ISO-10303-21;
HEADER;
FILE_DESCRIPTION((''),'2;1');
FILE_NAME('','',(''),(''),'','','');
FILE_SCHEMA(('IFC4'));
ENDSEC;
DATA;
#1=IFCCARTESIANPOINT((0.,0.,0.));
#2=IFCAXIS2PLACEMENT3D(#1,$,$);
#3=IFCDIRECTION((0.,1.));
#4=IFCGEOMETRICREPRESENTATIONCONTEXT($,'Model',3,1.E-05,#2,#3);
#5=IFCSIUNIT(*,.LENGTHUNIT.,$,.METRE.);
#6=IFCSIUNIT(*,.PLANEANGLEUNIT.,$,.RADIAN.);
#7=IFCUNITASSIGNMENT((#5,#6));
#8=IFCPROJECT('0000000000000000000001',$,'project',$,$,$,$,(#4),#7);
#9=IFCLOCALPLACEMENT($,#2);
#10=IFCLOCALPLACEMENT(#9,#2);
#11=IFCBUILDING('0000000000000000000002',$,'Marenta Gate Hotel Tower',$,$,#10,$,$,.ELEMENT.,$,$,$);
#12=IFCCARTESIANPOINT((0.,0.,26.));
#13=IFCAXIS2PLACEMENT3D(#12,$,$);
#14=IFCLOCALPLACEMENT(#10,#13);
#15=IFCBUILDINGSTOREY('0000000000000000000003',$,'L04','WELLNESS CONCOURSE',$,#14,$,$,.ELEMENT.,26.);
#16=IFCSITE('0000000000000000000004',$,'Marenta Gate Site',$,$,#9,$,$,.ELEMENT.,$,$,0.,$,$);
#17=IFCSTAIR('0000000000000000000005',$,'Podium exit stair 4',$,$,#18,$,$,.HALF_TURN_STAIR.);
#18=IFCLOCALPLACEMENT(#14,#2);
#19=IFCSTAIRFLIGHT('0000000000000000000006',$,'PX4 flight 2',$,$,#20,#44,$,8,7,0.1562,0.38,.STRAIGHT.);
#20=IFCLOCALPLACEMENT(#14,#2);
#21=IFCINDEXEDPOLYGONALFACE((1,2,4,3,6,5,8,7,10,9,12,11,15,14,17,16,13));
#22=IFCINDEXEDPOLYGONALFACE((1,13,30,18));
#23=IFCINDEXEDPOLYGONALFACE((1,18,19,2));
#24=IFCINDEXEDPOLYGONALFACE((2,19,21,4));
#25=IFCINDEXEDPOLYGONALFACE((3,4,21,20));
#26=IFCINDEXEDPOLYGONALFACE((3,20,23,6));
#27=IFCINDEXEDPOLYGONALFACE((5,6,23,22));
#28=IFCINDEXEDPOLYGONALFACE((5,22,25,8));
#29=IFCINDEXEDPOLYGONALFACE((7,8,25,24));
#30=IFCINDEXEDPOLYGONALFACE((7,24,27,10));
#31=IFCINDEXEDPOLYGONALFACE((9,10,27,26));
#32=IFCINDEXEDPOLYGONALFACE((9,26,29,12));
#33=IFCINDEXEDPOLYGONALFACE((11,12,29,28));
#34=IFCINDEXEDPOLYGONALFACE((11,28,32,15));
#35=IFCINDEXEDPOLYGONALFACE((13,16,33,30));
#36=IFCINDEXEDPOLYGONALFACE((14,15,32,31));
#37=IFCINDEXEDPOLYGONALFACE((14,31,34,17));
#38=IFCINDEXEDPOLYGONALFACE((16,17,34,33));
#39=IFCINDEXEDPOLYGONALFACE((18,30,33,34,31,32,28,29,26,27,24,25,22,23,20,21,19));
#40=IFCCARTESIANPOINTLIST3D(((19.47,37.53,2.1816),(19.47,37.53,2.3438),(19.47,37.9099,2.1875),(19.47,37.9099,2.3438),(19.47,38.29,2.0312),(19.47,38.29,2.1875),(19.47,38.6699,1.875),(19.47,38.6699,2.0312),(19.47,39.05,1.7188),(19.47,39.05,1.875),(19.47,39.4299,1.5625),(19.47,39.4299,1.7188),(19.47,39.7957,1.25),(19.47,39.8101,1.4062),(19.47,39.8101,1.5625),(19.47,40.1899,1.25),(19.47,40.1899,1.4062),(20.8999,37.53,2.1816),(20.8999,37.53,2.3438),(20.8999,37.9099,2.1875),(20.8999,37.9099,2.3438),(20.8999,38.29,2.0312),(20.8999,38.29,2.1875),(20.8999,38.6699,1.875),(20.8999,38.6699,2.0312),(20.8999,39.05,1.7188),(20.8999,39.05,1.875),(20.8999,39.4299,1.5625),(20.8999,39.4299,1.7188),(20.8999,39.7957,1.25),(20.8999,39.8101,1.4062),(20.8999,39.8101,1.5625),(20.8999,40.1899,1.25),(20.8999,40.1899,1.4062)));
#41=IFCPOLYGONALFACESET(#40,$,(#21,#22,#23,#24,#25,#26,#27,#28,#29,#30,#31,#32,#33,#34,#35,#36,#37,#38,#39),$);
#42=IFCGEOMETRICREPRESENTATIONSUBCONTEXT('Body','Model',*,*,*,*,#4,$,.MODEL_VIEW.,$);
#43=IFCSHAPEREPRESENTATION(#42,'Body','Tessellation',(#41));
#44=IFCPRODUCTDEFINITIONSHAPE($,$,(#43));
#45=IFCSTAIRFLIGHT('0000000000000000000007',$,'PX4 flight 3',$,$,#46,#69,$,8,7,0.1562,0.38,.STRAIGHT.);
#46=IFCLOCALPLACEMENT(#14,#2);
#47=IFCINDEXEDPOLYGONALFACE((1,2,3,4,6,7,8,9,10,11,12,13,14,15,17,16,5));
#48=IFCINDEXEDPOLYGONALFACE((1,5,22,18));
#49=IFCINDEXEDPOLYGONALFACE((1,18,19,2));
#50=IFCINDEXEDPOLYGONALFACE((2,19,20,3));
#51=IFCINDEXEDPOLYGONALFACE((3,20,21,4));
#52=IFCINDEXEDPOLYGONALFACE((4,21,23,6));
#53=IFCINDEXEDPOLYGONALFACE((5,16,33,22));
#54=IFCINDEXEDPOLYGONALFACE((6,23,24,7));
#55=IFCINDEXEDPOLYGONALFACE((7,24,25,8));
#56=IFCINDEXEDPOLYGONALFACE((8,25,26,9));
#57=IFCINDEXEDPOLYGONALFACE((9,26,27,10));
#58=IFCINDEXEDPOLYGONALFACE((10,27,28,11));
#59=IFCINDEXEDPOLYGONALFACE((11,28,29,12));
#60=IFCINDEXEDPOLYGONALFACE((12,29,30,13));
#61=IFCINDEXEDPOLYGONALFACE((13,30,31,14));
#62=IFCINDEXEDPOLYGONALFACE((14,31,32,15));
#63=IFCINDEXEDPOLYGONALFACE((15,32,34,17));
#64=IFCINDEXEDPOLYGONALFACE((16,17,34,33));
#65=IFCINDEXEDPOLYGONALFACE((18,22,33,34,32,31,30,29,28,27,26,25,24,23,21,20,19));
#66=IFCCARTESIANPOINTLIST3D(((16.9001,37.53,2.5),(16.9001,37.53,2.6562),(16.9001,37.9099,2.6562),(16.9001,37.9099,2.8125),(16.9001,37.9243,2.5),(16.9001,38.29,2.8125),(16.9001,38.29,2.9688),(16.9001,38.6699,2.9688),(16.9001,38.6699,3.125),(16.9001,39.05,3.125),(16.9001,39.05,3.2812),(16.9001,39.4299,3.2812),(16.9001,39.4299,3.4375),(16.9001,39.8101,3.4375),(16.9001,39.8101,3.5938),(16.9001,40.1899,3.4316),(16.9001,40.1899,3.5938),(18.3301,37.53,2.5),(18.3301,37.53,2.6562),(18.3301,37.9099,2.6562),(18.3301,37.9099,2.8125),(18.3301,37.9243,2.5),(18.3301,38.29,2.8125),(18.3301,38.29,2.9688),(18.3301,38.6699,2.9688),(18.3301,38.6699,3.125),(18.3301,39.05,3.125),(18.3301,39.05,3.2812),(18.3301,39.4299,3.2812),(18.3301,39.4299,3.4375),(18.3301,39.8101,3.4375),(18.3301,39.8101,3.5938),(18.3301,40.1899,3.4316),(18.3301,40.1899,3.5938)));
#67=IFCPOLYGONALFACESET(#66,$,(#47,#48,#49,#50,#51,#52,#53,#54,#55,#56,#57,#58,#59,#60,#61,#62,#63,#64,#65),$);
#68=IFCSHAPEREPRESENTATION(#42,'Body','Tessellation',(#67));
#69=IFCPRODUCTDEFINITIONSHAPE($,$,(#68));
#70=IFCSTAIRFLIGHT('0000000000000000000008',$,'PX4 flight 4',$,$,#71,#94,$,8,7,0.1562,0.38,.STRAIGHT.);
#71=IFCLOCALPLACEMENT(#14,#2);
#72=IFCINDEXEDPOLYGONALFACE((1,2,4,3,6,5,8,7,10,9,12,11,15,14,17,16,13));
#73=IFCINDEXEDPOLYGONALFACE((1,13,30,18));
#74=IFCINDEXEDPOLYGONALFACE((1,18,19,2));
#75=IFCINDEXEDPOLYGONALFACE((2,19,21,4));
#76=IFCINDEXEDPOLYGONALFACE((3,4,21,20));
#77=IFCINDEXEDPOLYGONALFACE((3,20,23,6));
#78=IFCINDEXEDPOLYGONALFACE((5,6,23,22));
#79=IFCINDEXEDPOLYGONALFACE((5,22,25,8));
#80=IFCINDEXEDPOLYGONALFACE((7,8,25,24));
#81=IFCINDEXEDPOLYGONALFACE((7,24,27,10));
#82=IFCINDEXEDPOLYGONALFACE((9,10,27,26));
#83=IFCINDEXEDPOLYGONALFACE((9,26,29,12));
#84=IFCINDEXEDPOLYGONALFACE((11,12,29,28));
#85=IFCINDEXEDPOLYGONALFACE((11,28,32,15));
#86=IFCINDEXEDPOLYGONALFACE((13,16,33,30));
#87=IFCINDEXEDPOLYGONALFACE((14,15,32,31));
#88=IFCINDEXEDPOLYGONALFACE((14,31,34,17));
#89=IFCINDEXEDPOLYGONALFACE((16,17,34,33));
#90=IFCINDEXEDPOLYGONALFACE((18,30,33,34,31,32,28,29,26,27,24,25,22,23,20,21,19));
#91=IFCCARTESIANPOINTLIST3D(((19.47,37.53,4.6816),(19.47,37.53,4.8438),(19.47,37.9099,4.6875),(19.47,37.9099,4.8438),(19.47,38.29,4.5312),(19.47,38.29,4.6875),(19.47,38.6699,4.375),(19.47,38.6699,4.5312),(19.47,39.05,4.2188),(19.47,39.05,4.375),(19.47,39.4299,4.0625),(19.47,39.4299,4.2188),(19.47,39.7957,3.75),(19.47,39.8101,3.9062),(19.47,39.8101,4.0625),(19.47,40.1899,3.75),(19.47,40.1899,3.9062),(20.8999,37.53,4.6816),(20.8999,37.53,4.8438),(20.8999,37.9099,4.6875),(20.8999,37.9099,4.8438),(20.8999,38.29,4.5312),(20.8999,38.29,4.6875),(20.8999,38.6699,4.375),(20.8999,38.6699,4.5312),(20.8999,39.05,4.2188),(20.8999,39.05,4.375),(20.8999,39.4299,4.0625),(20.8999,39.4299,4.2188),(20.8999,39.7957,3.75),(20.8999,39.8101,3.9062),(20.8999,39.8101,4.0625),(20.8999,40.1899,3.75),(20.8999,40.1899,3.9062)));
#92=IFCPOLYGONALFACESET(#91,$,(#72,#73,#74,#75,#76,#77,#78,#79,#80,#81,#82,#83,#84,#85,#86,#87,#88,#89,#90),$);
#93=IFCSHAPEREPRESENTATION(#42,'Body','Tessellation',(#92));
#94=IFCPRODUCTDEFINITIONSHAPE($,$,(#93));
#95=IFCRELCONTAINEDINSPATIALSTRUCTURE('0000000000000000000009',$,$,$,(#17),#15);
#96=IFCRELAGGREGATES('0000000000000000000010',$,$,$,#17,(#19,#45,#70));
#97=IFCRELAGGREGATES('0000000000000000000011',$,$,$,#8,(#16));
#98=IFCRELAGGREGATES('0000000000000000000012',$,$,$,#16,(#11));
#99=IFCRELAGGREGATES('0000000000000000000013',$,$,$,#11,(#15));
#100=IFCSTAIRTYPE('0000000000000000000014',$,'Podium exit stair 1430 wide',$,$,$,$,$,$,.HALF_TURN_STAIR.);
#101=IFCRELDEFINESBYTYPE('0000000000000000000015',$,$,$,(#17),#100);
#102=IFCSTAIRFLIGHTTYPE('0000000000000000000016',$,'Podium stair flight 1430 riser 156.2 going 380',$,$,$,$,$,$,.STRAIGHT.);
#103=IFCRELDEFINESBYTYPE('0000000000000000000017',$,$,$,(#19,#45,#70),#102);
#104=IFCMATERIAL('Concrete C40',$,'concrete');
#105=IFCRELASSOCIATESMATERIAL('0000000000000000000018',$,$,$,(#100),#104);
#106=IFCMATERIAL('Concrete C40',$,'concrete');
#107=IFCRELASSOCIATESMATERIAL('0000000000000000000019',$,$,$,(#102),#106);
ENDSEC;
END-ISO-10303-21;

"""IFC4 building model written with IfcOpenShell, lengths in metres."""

from ifc_helpers import new_model, si_unit, direction, frame, origin, place, context, subcontext, project, spatial, polyline, outline, extrude, material, type_object, element, aggregate, save


model = new_model("IFC4")

# Units and contexts
model_context = context("Model", 3, precision=1e-05, world=origin(), true_north=direction((0.0, 1.0)))
body_context = subcontext(model_context, "Body", "Model", "MODEL_VIEW")
ifc_project = project(units=[si_unit("LENGTHUNIT", "METRE"), si_unit("PLANEANGLEUNIT", "RADIAN")], contexts=[model_context])

# Site, building, storey
site_placement = place(None, origin())
site = spatial("IfcSite", under=ifc_project, at=site_placement, Name="Marenta Gate Site", CompositionType="ELEMENT", RefElevation=0.0)
building_placement = place(site_placement, origin())
building = spatial("IfcBuilding", under=site, at=building_placement, Name="Marenta Gate Hotel Tower", CompositionType="ELEMENT")
storey_placement = place(building_placement, frame((0.0, 0.0, 26.0)))
storey = spatial("IfcBuildingStorey", under=building, at=storey_placement, Name="L04", Description="WELLNESS CONCOURSE", CompositionType="ELEMENT", Elevation=26.0)

# Stair, stair flights
ifc_material_1 = material(Name="Concrete C40", Category="concrete")
stair_type = type_object("IfcStairType", Name="Podium exit stair 1430 wide", PredefinedType="HALF_TURN_STAIR", material=ifc_material_1)
stair_placement = place(storey_placement, origin())
stair = element("IfcStair", 1, at=stair_placement, inside=storey, type_object=stair_type, Name="Podium exit stair 4", PredefinedType="HALF_TURN_STAIR")
ifc_material_2 = material(Name="Concrete C40", Category="concrete")
stair_flight_type = type_object("IfcStairFlightType", Name="Podium stair flight 1430 riser 156.2 going 380", PredefinedType="STRAIGHT", material=ifc_material_2)
stair_flight_1_placement = place(storey_placement, frame((20.1851, 40.1899, 1.25), z_axis=(0.0, 0.0, 1.0), x_axis=(0.0, -1.0, 0.0)))
stair_flight_1 = element("IfcStairFlight", 2, at=stair_flight_1_placement, type_object=stair_flight_type, Name="PX4 flight 2", NumberOfRisers=8, NumberOfTreads=7, PredefinedType="STRAIGHT", RiserHeight=0.1562, TreadLength=0.38, context=body_context, shape_type="SweptSolid", body=[
    extrude(outline(polyline([(0.0, 0.0), (0.0, 0.1562), (0.3799, 0.1562), (0.3799, 0.3125), (0.76, 0.3125), (0.76, 0.4688), (1.1399, 0.4688), (1.1399, 0.625), (1.52, 0.625), (1.52, 0.7812), (1.8999, 0.7812), (1.8999, 0.9375), (2.28, 0.9375), (2.28, 1.0938), (2.6599, 1.0938), (2.6599, 1.25), (2.6599, 0.9316), (0.3943, 0.0), (0.0, 0.0)])), frame((0.0, 0.7148, 0.0), z_axis=(0.0, -1.0, 0.0), x_axis=(1.0, 0.0, 0.0)), (0.0, 0.0, 1.0), 1.4299),
])
stair_flight_2_placement = place(storey_placement, frame((17.615, 37.53, 2.5), z_axis=(0.0, 0.0, 1.0), x_axis=(0.0, 1.0, 0.0)))
stair_flight_2 = element("IfcStairFlight", 3, at=stair_flight_2_placement, type_object=stair_flight_type, Name="PX4 flight 3", NumberOfRisers=8, NumberOfTreads=7, PredefinedType="STRAIGHT", RiserHeight=0.1562, TreadLength=0.38, context=body_context, shape_type="SweptSolid", body=[
    extrude(outline(polyline([(0.0, 0.0), (0.0, 0.1562), (0.3799, 0.1562), (0.3799, 0.3125), (0.76, 0.3125), (0.76, 0.4688), (1.1399, 0.4688), (1.1399, 0.625), (1.52, 0.625), (1.52, 0.7812), (1.8999, 0.7812), (1.8999, 0.9375), (2.28, 0.9375), (2.28, 1.0938), (2.6599, 1.0938), (2.6599, 1.25), (2.6599, 0.9316), (0.3943, 0.0), (0.0, 0.0)])), frame((0.0, 0.7148, 0.0), z_axis=(0.0, -1.0, 0.0), x_axis=(1.0, 0.0, 0.0)), (0.0, 0.0, 1.0), 1.4299),
])
stair_flight_3_placement = place(storey_placement, frame((20.1851, 40.1899, 3.75), z_axis=(0.0, 0.0, 1.0), x_axis=(0.0, -1.0, 0.0)))
stair_flight_3 = element("IfcStairFlight", 4, at=stair_flight_3_placement, type_object=stair_flight_type, Name="PX4 flight 4", NumberOfRisers=8, NumberOfTreads=7, PredefinedType="STRAIGHT", RiserHeight=0.1562, TreadLength=0.38, context=body_context, shape_type="SweptSolid", body=[
    extrude(outline(polyline([(0.0, 0.0), (0.0, 0.1562), (0.3799, 0.1562), (0.3799, 0.3125), (0.76, 0.3125), (0.76, 0.4688), (1.1399, 0.4688), (1.1399, 0.625), (1.52, 0.625), (1.52, 0.7812), (1.8999, 0.7812), (1.8999, 0.9375), (2.28, 0.9375), (2.28, 1.0938), (2.6599, 1.0938), (2.6599, 1.25), (2.6599, 0.9316), (0.3943, 0.0), (0.0, 0.0)])), frame((0.0, 0.7148, 0.0), z_axis=(0.0, -1.0, 0.0), x_axis=(1.0, 0.0, 0.0)), (0.0, 0.0, 1.0), 1.4299),
])
aggregate(stair, [stair_flight_1, stair_flight_2, stair_flight_3])

save(model, "model.ifc")
